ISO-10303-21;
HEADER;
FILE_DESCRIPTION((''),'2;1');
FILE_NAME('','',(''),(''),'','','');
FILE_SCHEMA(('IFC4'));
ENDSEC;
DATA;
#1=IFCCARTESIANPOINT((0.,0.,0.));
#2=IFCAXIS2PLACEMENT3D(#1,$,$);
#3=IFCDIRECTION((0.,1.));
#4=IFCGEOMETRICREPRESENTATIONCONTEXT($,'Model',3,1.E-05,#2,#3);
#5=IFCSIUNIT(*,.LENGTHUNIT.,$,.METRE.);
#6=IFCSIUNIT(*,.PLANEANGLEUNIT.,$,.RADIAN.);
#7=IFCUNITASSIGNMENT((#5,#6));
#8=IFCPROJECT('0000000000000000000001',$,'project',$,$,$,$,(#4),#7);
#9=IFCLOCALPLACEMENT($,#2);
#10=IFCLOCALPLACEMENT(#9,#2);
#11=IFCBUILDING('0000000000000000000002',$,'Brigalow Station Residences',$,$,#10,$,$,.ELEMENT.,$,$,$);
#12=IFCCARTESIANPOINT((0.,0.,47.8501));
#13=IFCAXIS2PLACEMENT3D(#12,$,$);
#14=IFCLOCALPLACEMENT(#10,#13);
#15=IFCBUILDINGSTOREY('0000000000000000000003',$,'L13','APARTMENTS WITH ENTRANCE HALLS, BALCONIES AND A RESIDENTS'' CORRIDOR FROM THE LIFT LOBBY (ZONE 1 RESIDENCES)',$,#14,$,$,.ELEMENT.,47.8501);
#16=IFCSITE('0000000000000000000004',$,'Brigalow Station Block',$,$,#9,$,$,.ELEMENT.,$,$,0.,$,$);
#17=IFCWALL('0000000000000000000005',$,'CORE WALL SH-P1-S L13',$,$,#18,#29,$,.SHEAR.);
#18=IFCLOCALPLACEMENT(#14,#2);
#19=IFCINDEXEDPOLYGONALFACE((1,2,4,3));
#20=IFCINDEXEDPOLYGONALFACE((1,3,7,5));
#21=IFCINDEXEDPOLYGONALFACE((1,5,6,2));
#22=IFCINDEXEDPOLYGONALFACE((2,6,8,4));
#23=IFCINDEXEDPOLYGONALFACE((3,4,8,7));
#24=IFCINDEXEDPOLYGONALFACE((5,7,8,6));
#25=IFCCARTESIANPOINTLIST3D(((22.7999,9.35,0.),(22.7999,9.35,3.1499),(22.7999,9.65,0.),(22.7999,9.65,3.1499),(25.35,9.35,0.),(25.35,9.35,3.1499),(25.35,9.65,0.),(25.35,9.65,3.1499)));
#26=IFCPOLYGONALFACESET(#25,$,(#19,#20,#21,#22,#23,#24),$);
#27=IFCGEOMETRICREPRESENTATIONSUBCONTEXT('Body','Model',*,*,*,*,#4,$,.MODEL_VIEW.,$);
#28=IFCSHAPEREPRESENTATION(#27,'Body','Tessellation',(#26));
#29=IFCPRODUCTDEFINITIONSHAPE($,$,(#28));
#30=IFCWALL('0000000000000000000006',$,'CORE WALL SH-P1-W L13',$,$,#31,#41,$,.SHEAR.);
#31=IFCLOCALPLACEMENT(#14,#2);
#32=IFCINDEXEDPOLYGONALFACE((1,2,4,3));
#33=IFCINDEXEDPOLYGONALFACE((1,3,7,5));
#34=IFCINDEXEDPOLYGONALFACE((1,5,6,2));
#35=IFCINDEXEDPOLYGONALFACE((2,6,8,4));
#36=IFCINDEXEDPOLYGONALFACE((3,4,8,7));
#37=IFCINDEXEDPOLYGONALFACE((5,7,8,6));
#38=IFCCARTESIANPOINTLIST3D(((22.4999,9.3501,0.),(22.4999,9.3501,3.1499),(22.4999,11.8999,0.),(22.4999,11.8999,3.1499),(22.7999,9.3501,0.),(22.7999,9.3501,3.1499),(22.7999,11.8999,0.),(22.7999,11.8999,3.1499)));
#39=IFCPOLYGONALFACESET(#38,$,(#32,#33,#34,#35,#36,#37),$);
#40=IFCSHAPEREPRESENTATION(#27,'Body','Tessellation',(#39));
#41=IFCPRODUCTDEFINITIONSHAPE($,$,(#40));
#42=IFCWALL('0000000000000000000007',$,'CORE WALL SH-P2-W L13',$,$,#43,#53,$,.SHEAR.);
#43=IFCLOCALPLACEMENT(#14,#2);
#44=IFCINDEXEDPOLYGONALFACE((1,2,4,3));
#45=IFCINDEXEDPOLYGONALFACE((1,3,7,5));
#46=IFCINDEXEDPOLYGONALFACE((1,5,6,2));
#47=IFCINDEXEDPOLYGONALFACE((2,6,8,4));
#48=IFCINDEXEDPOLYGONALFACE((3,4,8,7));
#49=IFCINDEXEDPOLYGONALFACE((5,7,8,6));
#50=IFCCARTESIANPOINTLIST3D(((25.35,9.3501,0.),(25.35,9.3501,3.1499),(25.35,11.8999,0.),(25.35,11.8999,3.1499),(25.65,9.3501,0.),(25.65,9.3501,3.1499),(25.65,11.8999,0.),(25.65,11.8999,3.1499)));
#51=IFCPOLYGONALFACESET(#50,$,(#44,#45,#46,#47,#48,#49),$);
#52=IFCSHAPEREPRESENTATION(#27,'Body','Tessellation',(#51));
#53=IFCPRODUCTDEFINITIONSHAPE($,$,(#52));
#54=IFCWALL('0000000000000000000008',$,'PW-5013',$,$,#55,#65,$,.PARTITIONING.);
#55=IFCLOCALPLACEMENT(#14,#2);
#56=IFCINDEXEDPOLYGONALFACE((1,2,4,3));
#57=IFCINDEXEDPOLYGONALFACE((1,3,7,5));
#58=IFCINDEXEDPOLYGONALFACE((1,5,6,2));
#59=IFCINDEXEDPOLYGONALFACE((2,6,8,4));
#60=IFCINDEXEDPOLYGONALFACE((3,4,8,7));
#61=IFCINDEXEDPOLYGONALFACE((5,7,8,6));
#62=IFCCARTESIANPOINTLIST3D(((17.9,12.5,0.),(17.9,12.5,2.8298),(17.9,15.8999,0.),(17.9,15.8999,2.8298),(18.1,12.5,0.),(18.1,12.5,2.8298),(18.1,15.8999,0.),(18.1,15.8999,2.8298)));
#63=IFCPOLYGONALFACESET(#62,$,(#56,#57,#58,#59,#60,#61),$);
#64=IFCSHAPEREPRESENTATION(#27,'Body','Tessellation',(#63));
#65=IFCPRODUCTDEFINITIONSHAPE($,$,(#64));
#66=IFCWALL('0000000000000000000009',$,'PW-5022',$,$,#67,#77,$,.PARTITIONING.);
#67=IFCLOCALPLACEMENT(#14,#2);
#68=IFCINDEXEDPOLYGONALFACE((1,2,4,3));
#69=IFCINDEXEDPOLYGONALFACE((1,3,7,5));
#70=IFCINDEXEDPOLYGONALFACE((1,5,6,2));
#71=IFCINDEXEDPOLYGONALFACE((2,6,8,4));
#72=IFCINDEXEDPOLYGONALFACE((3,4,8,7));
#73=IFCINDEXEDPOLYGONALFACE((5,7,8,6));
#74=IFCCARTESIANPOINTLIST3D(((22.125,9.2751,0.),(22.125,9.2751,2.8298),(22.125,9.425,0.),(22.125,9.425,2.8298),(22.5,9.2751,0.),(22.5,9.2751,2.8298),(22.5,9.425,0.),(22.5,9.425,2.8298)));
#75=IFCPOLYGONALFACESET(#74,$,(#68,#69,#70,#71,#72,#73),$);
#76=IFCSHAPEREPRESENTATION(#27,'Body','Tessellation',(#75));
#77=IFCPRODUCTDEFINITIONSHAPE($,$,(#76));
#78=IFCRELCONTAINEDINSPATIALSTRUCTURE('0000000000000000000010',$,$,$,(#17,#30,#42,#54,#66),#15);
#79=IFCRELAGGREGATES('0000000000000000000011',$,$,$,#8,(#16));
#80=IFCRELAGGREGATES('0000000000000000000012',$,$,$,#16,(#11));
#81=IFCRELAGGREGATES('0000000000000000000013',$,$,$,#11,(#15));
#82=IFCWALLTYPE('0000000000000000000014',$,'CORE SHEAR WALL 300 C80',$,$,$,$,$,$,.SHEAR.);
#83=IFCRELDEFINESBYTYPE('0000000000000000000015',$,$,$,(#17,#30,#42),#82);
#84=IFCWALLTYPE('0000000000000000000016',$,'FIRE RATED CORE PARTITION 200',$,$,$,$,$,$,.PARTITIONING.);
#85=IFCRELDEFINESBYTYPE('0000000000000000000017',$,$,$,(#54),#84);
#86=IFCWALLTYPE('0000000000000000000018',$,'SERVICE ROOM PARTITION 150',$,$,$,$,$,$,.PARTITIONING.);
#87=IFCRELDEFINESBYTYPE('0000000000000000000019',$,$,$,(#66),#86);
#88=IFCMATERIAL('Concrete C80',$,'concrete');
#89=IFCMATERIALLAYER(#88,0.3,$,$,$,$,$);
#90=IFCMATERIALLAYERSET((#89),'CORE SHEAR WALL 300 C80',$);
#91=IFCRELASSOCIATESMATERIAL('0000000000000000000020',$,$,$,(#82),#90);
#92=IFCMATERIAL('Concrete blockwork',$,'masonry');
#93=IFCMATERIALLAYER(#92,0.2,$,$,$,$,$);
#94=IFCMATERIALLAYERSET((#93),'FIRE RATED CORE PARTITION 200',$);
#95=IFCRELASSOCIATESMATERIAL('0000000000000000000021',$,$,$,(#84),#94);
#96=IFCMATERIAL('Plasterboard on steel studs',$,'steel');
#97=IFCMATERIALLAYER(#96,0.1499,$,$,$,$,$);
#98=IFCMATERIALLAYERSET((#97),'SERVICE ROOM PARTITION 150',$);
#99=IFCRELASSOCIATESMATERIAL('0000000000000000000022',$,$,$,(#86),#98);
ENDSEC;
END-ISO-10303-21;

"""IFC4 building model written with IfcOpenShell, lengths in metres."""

from ifc_helpers import new_model, si_unit, direction, frame, frame_2d, origin, place, context, subcontext, project, spatial, rectangle, extrude, material, layer, layer_set, type_object, element, save


model = new_model("IFC4")

# Units and contexts
model_context = context("Model", 3, precision=1e-05, world=origin(), true_north=direction((0.0, 1.0)))
body_context = subcontext(model_context, "Body", "Model", "MODEL_VIEW")
ifc_project = project(units=[si_unit("LENGTHUNIT", "METRE"), si_unit("PLANEANGLEUNIT", "RADIAN")], contexts=[model_context])

# Site, building, storey
site_placement = place(None, origin())
site = spatial("IfcSite", under=ifc_project, at=site_placement, Name="Brigalow Station Block", CompositionType="ELEMENT", RefElevation=0.0)
building_placement = place(site_placement, origin())
building = spatial("IfcBuilding", under=site, at=building_placement, Name="Brigalow Station Residences", CompositionType="ELEMENT")
storey_placement = place(building_placement, frame((0.0, 0.0, 47.8501)))
storey = spatial("IfcBuildingStorey", under=building, at=storey_placement, Name="L13", Description="APARTMENTS WITH ENTRANCE HALLS, BALCONIES AND A RESIDENTS' CORRIDOR FROM THE LIFT LOBBY (ZONE 1 RESIDENCES)", CompositionType="ELEMENT", Elevation=47.8501)

# Walls
ifc_material_1 = material(Name="Concrete C80", Category="concrete")
ifc_layer_1 = layer(ifc_material_1, 0.3)
ifc_layer_set_1 = layer_set([ifc_layer_1], Name="CORE SHEAR WALL 300 C80")
wall_type_1 = type_object("IfcWallType", Name="CORE SHEAR WALL 300 C80", PredefinedType="SHEAR", material=ifc_layer_set_1)
wall_1_placement = place(storey_placement, frame((22.8, 9.5, 0.0), z_axis=(0.0, 0.0, 1.0), x_axis=(1.0, 0.0, 0.0)))
element("IfcWall", 1, at=wall_1_placement, inside=storey, type_object=wall_type_1, Name="CORE WALL SH-P1-S L13", PredefinedType="SHEAR", context=body_context, shape_type="SweptSolid", body=[
    extrude(rectangle(XDim=2.55, YDim=0.3, at=frame_2d((1.2749, 0.0))), origin(), (0.0, 0.0, 1.0), 3.1499),
])
for number, where, z_axis, x_axis, name in (
    (2, (22.6499, 9.3501, 0.0), (0.0, 0.0, 1.0), (0.0, 1.0, 0.0), "CORE WALL SH-P1-W L13"),
    (3, (25.5, 9.3501, 0.0), (0.0, 0.0, 1.0), (0.0, 1.0, 0.0), "CORE WALL SH-P2-W L13"),
):
    element("IfcWall", number, at=place(storey_placement, frame(where, z_axis=z_axis, x_axis=x_axis)), inside=storey, type_object=wall_type_1, Name=name, PredefinedType="SHEAR", context=body_context, shape_type="SweptSolid", body=[
        extrude(rectangle(XDim=2.5498, YDim=0.3, at=frame_2d((1.2749, 0.0))), origin(), (0.0, 0.0, 1.0), 3.1499),
    ])

# Walls
ifc_material_2 = material(Name="Concrete blockwork", Category="masonry")
ifc_layer_2 = layer(ifc_material_2, 0.2)
ifc_layer_set_2 = layer_set([ifc_layer_2], Name="FIRE RATED CORE PARTITION 200")
wall_type_2 = type_object("IfcWallType", Name="FIRE RATED CORE PARTITION 200", PredefinedType="PARTITIONING", material=ifc_layer_set_2)
wall_2_placement = place(storey_placement, frame((18.0, 12.5, 0.0), z_axis=(0.0, 0.0, 1.0), x_axis=(0.0, 1.0, 0.0)))
element("IfcWall", 4, at=wall_2_placement, inside=storey, type_object=wall_type_2, Name="PW-5013", PredefinedType="PARTITIONING", context=body_context, shape_type="SweptSolid", body=[
    extrude(rectangle(XDim=3.3999, YDim=0.2, at=frame_2d((1.7, 0.0))), origin(), (0.0, 0.0, 1.0), 2.8298),
])
ifc_material_3 = material(Name="Plasterboard on steel studs", Category="steel")
ifc_layer_3 = layer(ifc_material_3, 0.1499)
ifc_layer_set_3 = layer_set([ifc_layer_3], Name="SERVICE ROOM PARTITION 150")
wall_type_3 = type_object("IfcWallType", Name="SERVICE ROOM PARTITION 150", PredefinedType="PARTITIONING", material=ifc_layer_set_3)
wall_3_placement = place(storey_placement, frame((22.125, 9.3501, 0.0), z_axis=(0.0, 0.0, 1.0), x_axis=(1.0, 0.0, 0.0)))
element("IfcWall", 5, at=wall_3_placement, inside=storey, type_object=wall_type_3, Name="PW-5022", PredefinedType="PARTITIONING", context=body_context, shape_type="SweptSolid", body=[
    extrude(rectangle(XDim=0.375, YDim=0.1499, at=frame_2d((0.1875, 0.0))), origin(), (0.0, 0.0, 1.0), 2.8298),
])

save(model, "model.ifc")
